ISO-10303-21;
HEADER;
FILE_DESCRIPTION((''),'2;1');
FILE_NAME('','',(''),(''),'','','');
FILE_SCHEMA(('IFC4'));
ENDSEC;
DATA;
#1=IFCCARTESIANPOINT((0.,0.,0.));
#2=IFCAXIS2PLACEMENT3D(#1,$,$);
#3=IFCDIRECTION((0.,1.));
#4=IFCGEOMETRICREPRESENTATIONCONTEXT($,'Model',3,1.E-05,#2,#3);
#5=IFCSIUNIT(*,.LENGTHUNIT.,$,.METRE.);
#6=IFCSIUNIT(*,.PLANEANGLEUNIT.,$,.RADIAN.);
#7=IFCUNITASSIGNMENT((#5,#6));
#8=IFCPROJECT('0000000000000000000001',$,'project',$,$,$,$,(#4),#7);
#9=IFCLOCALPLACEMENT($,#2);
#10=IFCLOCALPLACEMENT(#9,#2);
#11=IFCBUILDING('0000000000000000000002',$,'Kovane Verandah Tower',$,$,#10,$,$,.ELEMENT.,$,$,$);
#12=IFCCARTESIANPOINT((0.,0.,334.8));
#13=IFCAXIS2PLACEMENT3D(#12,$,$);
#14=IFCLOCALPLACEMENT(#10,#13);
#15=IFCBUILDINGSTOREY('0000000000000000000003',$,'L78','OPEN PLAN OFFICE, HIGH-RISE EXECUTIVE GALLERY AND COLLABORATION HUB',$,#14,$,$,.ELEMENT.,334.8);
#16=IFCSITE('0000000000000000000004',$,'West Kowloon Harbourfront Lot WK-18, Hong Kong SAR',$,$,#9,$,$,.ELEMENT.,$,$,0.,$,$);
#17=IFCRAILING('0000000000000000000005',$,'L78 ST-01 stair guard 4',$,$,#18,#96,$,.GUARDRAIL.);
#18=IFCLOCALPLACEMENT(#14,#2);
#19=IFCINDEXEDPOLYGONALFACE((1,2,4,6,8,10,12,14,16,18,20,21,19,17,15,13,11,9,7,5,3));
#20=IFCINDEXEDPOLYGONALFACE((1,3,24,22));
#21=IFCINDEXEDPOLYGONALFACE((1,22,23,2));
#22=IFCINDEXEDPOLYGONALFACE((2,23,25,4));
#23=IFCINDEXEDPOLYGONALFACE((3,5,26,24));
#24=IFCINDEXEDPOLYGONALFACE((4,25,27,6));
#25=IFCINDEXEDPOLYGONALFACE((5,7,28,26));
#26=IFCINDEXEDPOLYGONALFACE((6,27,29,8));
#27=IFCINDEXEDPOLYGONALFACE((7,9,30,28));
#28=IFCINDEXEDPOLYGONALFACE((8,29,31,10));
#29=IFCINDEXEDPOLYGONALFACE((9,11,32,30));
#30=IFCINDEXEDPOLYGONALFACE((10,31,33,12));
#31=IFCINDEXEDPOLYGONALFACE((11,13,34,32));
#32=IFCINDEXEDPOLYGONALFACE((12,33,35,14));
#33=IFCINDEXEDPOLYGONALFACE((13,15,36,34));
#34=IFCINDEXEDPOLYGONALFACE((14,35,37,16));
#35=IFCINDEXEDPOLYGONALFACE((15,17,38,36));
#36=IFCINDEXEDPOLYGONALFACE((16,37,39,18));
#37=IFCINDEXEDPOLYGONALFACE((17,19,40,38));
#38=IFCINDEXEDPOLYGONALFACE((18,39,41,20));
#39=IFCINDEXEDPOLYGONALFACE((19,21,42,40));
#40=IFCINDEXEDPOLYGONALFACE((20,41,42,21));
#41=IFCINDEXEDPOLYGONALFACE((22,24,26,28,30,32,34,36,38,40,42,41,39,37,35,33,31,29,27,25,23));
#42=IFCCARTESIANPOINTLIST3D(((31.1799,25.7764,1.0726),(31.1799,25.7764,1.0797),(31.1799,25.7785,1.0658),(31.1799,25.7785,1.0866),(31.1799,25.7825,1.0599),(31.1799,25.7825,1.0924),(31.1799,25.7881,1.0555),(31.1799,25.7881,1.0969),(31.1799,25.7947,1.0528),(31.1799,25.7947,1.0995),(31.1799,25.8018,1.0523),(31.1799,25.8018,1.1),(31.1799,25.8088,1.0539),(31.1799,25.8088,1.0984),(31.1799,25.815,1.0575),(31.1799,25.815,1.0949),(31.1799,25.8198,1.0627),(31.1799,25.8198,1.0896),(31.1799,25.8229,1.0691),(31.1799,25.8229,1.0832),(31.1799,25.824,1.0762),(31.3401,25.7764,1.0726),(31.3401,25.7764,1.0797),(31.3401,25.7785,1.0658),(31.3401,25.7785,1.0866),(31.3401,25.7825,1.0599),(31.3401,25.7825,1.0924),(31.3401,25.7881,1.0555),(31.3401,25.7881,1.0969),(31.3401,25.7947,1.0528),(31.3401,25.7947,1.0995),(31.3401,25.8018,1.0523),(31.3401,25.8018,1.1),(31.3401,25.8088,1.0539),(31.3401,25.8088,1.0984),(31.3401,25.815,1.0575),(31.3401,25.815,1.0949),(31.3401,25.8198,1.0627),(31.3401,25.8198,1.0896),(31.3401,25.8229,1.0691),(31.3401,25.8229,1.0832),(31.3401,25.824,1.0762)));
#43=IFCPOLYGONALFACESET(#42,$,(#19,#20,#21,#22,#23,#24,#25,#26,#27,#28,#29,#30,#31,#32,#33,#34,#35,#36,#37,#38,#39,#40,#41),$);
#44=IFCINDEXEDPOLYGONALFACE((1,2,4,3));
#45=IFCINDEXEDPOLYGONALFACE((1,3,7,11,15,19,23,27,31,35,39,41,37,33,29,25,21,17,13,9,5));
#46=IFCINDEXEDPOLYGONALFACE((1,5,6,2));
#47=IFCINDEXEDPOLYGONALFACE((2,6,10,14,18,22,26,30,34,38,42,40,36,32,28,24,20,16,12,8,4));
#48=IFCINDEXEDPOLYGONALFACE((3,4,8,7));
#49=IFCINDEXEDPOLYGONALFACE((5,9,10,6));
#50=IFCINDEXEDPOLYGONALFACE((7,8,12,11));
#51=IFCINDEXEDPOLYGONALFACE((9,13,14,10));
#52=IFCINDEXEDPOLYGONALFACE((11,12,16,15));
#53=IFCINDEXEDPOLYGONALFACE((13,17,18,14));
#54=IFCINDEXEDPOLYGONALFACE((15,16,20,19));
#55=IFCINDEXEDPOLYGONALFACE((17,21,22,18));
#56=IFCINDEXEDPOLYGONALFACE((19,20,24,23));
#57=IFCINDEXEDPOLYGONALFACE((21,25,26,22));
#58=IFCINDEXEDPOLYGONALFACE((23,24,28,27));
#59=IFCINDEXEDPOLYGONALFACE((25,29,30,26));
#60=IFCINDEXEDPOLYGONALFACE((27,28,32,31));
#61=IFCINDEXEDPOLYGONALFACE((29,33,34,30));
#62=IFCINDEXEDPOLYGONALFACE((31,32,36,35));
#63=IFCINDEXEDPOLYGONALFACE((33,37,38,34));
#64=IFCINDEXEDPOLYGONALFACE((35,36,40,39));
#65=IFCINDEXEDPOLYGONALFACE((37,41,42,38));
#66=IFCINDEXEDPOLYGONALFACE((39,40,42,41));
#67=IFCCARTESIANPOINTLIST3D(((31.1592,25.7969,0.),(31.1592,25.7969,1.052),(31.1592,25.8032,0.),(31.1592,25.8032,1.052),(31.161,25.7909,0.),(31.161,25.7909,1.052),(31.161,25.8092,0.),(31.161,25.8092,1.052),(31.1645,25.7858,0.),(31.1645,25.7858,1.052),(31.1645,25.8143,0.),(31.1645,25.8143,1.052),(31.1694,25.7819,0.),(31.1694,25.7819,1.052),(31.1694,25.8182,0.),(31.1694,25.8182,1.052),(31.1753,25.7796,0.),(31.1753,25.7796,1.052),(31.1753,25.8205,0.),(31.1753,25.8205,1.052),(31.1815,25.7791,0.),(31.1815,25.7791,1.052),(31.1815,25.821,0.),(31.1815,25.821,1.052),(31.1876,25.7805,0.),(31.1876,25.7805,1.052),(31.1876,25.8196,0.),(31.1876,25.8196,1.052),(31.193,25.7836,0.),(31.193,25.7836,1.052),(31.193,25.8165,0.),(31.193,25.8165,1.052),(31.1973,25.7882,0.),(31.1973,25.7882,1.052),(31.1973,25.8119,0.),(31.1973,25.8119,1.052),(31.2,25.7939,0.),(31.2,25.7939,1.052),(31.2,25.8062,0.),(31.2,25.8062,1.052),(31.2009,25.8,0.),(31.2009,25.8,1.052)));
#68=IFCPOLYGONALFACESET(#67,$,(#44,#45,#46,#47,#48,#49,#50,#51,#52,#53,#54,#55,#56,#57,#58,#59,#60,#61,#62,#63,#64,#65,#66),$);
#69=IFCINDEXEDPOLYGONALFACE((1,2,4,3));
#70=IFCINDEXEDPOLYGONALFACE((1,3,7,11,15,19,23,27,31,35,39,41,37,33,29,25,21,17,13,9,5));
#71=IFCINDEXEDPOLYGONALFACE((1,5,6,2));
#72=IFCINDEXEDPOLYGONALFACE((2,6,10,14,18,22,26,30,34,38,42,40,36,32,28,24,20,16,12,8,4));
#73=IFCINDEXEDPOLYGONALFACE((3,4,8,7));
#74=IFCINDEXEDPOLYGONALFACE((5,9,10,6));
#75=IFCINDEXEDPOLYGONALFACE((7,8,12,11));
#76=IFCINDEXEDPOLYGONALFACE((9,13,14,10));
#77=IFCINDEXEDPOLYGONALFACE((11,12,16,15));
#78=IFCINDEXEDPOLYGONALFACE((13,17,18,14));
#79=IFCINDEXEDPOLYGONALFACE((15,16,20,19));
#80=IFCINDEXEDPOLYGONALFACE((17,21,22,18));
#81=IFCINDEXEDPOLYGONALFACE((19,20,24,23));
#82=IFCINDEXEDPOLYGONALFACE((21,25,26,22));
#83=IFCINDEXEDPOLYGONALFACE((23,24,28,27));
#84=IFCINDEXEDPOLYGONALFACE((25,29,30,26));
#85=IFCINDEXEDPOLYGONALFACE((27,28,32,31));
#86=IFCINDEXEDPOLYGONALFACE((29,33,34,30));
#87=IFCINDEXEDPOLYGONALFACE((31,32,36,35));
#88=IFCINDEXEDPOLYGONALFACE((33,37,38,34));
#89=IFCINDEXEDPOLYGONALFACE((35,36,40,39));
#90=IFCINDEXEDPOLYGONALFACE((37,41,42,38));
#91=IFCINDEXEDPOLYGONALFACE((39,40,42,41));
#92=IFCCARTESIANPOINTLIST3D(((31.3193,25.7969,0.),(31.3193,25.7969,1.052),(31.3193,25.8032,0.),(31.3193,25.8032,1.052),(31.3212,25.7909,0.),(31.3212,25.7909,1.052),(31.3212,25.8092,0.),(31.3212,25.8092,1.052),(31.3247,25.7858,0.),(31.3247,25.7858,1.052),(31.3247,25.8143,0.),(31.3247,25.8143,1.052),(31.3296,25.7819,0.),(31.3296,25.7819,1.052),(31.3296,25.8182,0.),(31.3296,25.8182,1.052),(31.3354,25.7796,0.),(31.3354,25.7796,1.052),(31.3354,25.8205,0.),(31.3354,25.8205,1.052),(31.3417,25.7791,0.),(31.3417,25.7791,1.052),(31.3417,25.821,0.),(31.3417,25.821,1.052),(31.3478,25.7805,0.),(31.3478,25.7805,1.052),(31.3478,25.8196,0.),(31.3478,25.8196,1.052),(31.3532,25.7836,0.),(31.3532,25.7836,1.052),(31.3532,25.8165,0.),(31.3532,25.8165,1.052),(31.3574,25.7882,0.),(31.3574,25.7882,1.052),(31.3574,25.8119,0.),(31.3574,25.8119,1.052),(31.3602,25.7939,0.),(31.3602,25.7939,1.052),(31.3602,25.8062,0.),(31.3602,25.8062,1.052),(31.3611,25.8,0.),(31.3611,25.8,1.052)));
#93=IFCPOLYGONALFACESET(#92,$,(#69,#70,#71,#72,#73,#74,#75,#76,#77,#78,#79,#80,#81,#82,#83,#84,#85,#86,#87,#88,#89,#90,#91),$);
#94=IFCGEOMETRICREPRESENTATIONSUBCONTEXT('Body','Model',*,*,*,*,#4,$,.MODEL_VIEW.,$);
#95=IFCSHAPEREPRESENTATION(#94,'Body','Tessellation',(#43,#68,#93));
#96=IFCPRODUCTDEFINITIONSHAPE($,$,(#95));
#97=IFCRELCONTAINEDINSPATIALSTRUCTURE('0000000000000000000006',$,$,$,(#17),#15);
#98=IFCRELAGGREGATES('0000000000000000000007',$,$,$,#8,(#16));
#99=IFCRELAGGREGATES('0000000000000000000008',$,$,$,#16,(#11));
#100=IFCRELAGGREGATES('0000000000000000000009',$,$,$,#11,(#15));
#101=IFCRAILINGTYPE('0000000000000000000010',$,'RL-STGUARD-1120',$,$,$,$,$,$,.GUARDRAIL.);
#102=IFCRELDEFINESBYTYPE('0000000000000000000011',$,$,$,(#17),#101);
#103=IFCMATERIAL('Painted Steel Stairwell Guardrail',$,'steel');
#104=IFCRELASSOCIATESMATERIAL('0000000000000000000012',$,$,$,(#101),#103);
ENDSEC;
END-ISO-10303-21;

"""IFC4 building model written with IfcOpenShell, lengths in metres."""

from ifc_helpers import new_model, si_unit, direction, frame, origin, origin_2d, place, context, subcontext, project, spatial, circle, extrude, material, type_object, element, save


model = new_model("IFC4")

# Units and contexts
model_context = context("Model", 3, precision=1e-05, world=origin(), true_north=direction((0.0, 1.0)))
body_context = subcontext(model_context, "Body", "Model", "MODEL_VIEW")
ifc_project = project(units=[si_unit("LENGTHUNIT", "METRE"), si_unit("PLANEANGLEUNIT", "RADIAN")], contexts=[model_context])

# Site, building, storey
site_placement = place(None, origin())
site = spatial("IfcSite", under=ifc_project, at=site_placement, Name="West Kowloon Harbourfront Lot WK-18, Hong Kong SAR", CompositionType="ELEMENT", RefElevation=0.0)
building_placement = place(site_placement, origin())
building = spatial("IfcBuilding", under=site, at=building_placement, Name="Kovane Verandah Tower", CompositionType="ELEMENT")
storey_placement = place(building_placement, frame((0.0, 0.0, 334.8)))
storey = spatial("IfcBuildingStorey", under=building, at=storey_placement, Name="L78", Description="OPEN PLAN OFFICE, HIGH-RISE EXECUTIVE GALLERY AND COLLABORATION HUB", CompositionType="ELEMENT", Elevation=334.8)

# Railing
ifc_material_1 = material(Name="Painted Steel Stairwell Guardrail", Category="steel")
railing_type_1 = type_object("IfcRailingType", Name="RL-STGUARD-1120", PredefinedType="GUARDRAIL", material=ifc_material_1)
railing_1_placement = place(storey_placement, frame((31.1799, 25.8, 0.0)))
element("IfcRailing", 1, at=railing_1_placement, inside=storey, type_object=railing_type_1, Name="L78 ST-01 stair guard 4", PredefinedType="GUARDRAIL", context=body_context, shape_type="SweptSolid", body=[
    extrude(circle(Radius=0.0239, at=origin_2d()), frame((0.0, 0.0, 1.0762), z_axis=(1.0, 0.0, 0.0), x_axis=(0.0, 1.0, 0.0)), (0.0, 0.0, 1.0), 0.1602),
    extrude(circle(Radius=0.021, at=origin_2d()), origin(), (0.0, 0.0, 1.0), 1.052),
    extrude(circle(Radius=0.021, at=origin_2d()), frame((0.1602, 0.0, 0.0)), (0.0, 0.0, 1.0), 1.052),
])

save(model, "model.ifc")
